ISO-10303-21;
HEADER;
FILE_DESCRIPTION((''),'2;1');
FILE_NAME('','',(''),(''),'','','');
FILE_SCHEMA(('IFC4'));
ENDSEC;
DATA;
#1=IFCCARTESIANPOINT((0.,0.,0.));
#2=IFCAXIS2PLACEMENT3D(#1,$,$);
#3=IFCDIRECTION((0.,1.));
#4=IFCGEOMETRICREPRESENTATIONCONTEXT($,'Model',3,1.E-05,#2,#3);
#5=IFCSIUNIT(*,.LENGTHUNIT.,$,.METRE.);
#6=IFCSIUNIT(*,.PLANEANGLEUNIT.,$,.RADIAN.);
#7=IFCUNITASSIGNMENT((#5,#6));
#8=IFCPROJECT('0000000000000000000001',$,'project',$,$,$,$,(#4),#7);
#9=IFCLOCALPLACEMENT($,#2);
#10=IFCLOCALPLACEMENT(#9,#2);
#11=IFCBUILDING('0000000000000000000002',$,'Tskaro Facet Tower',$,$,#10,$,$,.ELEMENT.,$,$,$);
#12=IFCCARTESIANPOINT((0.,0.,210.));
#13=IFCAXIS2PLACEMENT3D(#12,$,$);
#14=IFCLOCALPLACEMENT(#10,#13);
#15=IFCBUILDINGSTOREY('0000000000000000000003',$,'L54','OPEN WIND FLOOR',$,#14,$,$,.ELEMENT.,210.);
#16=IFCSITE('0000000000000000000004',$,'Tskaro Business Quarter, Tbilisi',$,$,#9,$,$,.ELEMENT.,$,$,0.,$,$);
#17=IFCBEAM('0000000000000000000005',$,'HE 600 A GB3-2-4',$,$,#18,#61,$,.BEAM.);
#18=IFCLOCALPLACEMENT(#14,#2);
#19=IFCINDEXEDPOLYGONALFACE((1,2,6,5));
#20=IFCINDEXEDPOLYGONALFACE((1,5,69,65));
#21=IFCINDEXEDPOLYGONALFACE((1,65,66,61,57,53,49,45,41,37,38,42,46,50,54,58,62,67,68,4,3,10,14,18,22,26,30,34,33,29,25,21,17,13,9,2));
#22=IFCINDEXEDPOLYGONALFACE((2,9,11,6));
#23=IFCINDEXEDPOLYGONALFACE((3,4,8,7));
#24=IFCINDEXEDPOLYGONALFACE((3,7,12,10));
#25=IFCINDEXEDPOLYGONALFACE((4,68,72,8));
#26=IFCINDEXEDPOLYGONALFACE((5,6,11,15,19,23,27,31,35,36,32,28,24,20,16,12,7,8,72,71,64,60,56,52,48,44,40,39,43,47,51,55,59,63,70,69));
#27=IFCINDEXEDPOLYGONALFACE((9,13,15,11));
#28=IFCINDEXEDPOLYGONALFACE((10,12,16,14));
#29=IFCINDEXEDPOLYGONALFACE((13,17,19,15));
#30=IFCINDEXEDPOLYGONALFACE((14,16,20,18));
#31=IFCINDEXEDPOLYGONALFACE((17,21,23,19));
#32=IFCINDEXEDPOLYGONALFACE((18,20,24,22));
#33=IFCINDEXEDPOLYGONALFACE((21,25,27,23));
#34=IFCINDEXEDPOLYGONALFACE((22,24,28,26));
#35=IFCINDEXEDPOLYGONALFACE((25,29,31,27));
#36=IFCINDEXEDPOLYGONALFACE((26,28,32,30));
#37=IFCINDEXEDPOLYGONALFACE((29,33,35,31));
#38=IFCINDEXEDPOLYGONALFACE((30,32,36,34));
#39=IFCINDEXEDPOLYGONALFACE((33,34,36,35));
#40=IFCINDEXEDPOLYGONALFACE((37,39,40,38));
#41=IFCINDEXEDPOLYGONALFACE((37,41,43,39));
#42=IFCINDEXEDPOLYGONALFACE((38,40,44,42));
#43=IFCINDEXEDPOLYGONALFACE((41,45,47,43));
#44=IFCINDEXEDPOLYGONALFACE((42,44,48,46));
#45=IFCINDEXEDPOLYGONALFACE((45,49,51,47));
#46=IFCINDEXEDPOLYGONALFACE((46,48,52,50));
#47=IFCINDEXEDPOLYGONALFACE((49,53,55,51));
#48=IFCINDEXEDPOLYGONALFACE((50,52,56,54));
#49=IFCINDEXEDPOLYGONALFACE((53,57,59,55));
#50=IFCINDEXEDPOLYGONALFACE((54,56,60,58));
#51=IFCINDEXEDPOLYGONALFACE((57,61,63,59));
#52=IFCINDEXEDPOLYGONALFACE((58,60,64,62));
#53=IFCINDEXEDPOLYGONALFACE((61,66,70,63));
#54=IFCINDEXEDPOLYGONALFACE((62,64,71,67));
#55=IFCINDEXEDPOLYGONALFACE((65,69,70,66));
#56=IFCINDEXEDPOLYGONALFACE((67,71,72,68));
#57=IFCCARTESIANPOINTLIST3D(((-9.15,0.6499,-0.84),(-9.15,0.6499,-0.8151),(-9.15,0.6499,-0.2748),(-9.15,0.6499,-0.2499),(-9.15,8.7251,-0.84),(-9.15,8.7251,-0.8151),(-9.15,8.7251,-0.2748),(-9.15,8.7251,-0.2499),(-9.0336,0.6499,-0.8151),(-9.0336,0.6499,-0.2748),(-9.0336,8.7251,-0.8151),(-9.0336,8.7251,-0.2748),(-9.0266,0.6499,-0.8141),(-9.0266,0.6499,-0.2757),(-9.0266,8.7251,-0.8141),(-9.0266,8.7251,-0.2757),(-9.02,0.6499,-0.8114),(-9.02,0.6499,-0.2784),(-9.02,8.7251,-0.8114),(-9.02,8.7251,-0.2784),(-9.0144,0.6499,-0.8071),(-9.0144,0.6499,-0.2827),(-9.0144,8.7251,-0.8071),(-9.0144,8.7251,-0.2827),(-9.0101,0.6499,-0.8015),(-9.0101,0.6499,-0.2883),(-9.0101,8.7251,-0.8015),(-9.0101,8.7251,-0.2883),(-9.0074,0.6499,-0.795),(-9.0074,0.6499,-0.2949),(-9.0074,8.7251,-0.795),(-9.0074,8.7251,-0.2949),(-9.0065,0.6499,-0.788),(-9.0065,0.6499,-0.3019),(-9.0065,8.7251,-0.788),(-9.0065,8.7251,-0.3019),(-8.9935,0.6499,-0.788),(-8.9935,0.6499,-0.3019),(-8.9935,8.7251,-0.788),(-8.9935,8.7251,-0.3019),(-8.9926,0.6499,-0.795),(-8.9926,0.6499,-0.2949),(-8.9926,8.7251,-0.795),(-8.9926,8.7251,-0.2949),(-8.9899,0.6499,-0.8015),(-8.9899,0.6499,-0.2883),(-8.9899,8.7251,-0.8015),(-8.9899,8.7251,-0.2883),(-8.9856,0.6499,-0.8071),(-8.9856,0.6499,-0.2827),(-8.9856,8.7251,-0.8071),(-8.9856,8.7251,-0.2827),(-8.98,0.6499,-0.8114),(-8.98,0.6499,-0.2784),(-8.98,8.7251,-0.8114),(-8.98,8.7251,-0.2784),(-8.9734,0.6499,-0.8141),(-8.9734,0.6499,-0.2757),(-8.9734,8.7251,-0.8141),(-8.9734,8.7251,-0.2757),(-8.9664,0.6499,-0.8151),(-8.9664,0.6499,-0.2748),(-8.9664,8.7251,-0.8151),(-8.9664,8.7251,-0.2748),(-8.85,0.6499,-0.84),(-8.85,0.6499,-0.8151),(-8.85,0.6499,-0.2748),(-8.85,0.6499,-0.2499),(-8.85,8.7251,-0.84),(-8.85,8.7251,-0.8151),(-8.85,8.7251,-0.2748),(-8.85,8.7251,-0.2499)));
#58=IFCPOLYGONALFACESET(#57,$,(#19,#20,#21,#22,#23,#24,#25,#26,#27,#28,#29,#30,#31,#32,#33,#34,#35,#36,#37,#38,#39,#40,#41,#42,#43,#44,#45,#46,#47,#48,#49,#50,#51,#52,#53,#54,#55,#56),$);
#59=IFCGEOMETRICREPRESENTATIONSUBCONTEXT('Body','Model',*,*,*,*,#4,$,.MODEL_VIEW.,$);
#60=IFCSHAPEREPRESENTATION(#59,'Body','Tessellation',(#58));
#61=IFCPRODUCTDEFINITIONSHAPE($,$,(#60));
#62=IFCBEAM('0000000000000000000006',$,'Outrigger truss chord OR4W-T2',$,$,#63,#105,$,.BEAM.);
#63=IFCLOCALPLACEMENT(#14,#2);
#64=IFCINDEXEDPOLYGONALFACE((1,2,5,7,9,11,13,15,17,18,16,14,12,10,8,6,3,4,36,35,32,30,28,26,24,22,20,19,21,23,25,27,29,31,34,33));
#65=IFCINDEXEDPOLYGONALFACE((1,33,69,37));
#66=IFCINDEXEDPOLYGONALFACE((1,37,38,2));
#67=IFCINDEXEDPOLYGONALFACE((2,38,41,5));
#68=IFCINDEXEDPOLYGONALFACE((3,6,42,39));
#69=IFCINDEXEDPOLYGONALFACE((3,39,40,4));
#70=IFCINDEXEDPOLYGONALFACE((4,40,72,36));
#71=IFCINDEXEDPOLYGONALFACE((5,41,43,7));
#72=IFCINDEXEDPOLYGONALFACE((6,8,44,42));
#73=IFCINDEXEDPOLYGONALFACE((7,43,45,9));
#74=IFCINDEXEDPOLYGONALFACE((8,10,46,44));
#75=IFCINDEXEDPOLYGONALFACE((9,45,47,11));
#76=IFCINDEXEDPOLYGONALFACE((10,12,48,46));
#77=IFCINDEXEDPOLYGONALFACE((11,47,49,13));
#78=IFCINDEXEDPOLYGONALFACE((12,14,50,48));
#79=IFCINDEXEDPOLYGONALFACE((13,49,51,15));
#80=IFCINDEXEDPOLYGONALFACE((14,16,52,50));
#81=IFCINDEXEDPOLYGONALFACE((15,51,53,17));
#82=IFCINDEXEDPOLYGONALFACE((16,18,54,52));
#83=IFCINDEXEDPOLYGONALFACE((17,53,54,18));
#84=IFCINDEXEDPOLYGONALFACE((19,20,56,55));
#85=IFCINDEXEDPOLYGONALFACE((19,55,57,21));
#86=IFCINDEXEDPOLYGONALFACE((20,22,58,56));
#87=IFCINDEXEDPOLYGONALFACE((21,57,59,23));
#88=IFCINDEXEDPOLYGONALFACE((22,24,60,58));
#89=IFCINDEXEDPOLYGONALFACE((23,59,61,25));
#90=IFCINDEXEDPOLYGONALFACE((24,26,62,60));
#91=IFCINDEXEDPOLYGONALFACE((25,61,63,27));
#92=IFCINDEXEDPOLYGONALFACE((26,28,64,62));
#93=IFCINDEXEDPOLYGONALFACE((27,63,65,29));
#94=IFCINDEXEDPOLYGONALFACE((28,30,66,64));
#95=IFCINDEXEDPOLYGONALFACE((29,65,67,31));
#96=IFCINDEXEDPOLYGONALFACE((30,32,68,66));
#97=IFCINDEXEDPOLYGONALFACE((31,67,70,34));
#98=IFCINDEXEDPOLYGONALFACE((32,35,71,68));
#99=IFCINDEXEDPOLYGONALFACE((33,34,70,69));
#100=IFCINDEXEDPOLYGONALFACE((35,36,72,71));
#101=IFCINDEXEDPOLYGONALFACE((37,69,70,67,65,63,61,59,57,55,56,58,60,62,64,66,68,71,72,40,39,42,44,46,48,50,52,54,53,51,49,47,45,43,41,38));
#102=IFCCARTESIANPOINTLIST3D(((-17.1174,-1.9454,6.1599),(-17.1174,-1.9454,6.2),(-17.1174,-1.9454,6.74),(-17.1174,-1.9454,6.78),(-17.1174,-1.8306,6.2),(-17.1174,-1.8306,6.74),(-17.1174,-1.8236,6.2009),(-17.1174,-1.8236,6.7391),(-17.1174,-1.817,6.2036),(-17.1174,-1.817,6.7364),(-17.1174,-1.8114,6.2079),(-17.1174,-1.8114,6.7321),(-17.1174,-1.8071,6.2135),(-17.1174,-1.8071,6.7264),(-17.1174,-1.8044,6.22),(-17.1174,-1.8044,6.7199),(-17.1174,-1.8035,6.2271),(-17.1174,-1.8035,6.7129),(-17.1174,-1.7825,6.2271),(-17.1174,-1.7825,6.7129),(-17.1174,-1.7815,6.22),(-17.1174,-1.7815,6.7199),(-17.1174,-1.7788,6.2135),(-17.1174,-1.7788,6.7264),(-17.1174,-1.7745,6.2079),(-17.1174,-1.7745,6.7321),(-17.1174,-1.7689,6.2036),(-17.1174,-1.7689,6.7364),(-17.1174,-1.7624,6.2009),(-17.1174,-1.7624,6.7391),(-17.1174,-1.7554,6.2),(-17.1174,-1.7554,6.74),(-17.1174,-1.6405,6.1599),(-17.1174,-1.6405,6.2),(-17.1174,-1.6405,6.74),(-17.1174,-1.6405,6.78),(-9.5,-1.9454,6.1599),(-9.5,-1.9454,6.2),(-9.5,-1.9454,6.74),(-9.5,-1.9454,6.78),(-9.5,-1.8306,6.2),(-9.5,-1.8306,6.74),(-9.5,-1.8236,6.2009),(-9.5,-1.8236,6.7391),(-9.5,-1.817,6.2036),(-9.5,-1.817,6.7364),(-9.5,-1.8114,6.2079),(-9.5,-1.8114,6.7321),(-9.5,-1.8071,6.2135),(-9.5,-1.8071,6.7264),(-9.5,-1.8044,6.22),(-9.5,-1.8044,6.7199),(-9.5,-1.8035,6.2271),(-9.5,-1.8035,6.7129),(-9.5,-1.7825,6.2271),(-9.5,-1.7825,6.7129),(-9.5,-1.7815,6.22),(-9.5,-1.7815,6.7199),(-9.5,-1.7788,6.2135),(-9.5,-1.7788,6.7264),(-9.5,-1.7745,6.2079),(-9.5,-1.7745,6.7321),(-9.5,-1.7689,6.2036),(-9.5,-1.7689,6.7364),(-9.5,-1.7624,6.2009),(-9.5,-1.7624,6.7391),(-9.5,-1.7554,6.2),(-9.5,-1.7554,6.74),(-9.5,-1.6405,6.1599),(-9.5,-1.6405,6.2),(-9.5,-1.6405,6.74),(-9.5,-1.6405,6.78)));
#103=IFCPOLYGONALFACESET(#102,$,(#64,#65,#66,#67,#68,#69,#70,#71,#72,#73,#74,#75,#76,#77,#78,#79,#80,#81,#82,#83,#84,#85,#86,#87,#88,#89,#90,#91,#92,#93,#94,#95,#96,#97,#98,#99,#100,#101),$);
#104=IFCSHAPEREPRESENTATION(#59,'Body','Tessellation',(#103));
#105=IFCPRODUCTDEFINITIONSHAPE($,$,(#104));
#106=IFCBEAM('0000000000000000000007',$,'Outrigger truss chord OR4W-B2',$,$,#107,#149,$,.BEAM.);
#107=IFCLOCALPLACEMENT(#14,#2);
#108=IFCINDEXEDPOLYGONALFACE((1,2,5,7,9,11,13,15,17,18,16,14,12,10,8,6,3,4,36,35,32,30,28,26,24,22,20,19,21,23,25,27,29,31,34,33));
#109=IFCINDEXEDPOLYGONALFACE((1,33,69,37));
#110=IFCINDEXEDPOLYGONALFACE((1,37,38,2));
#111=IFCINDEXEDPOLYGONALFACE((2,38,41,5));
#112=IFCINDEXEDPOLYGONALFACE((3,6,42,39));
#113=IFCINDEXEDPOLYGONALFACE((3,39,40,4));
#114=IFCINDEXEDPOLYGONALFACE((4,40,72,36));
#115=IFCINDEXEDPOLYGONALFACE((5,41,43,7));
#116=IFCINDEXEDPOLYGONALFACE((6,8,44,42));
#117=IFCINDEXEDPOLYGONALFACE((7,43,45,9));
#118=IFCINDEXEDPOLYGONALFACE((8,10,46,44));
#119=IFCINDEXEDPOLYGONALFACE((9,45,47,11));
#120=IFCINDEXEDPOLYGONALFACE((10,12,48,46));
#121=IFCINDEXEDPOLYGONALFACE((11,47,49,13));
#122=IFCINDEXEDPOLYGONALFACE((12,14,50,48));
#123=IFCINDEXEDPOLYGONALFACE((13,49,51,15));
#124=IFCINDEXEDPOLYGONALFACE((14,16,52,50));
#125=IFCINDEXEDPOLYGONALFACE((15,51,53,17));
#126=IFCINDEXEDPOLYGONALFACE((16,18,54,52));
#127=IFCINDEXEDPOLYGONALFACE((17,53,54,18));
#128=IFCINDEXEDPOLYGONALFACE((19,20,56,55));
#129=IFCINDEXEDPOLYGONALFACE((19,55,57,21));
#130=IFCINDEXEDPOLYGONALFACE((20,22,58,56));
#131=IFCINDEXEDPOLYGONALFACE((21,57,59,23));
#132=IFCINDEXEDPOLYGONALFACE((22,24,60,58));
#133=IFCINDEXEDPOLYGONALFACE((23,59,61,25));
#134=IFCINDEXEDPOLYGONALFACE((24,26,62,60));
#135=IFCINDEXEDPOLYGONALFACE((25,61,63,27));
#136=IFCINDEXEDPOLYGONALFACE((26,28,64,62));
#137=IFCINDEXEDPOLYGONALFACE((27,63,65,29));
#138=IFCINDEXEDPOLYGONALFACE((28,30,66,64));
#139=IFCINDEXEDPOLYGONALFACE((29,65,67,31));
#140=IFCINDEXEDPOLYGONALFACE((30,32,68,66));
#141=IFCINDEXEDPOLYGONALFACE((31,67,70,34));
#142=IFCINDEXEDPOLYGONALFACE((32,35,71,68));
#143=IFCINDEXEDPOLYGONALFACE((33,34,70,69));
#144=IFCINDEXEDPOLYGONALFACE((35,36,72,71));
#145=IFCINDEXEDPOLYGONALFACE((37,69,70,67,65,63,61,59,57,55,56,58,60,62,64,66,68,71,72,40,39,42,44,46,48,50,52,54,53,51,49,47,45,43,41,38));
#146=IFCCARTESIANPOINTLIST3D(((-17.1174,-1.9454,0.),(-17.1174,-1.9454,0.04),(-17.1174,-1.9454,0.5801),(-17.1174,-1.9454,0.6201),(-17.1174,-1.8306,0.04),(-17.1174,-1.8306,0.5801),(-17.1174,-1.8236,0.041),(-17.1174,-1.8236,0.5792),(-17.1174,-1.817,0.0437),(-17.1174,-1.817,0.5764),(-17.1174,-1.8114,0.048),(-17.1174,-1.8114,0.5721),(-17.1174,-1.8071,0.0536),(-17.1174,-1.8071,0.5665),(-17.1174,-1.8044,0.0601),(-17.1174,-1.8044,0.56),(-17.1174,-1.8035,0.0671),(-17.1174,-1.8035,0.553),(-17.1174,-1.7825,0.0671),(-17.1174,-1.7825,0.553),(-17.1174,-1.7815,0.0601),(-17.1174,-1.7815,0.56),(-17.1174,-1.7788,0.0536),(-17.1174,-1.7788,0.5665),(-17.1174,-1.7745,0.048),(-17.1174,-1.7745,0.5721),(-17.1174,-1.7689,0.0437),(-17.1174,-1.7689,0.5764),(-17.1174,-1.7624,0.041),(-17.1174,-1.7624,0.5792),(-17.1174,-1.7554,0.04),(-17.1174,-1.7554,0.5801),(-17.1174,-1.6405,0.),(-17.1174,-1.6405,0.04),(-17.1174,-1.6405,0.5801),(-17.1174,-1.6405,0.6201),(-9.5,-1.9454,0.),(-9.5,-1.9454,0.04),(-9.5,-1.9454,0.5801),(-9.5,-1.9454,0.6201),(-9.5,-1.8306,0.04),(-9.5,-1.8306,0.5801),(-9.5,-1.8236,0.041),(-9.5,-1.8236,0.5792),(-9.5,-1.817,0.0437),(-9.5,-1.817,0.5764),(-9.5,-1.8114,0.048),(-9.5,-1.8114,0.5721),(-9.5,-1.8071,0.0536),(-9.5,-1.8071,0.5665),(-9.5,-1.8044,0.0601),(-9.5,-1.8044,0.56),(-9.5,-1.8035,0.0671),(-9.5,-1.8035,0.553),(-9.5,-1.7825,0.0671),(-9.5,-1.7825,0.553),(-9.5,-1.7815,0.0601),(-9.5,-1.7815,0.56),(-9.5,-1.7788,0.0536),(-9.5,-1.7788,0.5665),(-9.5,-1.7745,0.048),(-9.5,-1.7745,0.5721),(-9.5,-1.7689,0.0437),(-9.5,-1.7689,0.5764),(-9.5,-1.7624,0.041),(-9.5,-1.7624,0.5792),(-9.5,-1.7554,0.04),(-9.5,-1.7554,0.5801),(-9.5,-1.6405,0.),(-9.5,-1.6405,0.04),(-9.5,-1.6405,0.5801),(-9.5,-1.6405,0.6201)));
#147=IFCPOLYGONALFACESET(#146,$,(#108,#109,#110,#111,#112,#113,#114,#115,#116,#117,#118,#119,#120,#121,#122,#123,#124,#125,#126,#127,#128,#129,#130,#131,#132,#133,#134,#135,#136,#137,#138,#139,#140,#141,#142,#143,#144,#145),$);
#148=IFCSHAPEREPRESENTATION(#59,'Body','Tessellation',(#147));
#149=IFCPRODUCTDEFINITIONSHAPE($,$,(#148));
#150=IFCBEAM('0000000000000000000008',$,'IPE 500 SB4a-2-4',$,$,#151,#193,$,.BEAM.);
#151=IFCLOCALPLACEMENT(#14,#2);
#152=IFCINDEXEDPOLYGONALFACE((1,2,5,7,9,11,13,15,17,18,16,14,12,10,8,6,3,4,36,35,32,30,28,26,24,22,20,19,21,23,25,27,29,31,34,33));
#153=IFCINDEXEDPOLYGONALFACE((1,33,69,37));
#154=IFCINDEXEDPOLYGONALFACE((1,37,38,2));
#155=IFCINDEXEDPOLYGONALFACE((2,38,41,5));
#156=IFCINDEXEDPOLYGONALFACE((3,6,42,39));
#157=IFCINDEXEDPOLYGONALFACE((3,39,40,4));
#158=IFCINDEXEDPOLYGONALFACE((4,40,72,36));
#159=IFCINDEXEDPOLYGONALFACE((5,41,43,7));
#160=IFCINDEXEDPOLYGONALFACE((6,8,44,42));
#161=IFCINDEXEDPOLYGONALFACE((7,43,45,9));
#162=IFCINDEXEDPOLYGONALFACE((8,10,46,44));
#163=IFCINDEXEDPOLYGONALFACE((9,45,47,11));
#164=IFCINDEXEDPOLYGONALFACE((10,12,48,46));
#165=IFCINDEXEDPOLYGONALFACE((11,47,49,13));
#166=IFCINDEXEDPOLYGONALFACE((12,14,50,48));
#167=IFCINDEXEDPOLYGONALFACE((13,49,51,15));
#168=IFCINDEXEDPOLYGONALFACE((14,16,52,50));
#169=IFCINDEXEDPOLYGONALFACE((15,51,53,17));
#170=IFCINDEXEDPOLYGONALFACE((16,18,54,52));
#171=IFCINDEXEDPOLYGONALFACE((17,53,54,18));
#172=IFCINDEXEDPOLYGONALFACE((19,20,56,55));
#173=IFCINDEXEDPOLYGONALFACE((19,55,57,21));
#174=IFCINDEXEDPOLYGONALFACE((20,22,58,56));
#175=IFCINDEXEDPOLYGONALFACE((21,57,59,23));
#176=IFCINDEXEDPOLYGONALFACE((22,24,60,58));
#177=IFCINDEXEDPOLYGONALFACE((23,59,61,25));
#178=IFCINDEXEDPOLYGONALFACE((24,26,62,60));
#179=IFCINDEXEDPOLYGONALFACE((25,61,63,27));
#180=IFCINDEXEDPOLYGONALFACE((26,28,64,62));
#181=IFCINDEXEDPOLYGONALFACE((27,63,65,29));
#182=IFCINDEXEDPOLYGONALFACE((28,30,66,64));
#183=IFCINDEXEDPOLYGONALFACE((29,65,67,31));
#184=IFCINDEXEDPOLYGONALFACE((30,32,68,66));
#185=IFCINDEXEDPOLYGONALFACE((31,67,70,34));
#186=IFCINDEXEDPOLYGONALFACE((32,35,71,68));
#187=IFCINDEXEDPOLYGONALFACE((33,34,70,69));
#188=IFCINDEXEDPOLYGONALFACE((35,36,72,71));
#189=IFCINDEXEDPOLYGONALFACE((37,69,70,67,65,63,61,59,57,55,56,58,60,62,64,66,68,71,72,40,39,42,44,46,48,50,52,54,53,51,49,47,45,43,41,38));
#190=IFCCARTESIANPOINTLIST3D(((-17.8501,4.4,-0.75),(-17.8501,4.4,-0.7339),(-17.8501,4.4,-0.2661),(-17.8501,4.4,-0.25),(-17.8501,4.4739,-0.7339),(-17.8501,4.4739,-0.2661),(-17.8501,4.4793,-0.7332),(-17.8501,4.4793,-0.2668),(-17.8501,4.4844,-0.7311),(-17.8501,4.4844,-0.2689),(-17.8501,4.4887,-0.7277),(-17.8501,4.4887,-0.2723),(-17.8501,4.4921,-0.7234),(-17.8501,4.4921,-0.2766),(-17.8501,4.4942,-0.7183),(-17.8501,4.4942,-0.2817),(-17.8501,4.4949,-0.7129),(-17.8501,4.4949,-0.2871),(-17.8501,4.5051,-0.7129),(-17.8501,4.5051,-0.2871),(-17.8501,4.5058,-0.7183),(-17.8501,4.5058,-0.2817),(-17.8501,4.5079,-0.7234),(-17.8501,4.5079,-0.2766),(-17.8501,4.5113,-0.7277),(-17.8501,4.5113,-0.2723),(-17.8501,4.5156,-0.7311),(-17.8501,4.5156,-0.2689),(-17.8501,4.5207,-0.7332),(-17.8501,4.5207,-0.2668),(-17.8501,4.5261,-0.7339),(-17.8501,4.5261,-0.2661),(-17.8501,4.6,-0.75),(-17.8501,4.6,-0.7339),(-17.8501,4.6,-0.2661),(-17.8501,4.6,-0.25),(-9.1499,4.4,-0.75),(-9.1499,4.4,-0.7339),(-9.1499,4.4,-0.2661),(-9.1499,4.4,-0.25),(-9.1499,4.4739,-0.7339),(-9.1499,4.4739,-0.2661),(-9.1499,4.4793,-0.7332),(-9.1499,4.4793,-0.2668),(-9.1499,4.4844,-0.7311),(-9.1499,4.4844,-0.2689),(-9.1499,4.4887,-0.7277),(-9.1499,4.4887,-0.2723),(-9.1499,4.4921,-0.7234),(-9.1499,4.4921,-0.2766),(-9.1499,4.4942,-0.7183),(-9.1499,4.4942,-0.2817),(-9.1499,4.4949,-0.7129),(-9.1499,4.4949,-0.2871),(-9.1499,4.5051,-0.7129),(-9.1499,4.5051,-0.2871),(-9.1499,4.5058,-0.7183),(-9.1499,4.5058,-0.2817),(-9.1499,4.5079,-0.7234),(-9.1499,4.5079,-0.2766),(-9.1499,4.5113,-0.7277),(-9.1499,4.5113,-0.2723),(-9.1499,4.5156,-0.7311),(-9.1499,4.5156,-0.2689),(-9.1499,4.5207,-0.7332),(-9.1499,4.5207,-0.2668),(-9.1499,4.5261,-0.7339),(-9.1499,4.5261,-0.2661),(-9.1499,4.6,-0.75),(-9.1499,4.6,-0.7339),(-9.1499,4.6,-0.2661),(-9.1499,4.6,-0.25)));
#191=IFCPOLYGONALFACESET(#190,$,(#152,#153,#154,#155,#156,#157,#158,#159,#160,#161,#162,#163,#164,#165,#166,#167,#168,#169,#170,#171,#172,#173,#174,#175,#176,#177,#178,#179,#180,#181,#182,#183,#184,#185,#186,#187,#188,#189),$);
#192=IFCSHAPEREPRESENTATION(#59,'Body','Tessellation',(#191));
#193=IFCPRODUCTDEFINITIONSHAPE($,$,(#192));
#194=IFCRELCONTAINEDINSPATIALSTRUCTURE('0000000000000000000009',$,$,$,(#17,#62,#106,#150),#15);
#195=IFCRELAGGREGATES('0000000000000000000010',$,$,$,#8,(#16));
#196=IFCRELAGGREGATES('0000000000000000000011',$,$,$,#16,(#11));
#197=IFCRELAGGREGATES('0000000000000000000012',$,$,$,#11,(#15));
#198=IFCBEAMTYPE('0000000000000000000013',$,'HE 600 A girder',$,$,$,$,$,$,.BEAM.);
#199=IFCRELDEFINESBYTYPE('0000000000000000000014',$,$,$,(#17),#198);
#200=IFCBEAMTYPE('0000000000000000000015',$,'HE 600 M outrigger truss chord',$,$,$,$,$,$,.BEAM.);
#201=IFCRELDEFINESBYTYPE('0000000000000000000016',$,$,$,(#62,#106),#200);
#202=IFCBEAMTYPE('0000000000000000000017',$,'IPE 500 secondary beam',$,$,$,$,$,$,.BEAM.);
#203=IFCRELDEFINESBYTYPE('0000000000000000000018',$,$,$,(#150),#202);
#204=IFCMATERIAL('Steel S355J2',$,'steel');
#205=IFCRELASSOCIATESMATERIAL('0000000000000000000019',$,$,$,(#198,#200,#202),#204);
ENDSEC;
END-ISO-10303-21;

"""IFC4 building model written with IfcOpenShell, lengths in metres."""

from ifc_helpers import new_model, si_unit, direction, frame, origin, origin_2d, place, context, subcontext, project, spatial, i_section, extrude, material, material_profile, profile_set, type_object, element, save


model = new_model("IFC4")

# Units and contexts
model_context = context("Model", 3, precision=1e-05, world=origin(), true_north=direction((0.0, 1.0)))
body_context = subcontext(model_context, "Body", "Model", "MODEL_VIEW")
ifc_project = project(units=[si_unit("LENGTHUNIT", "METRE"), si_unit("PLANEANGLEUNIT", "RADIAN")], contexts=[model_context])

# Site, building, storey
site_placement = place(None, origin())
site = spatial("IfcSite", under=ifc_project, at=site_placement, Name="Tskaro Business Quarter, Tbilisi", CompositionType="ELEMENT", RefElevation=0.0)
building_placement = place(site_placement, origin())
building = spatial("IfcBuilding", under=site, at=building_placement, Name="Tskaro Facet Tower", CompositionType="ELEMENT")
storey_placement = place(building_placement, frame((0.0, 0.0, 210.0)))
storey = spatial("IfcBuildingStorey", under=building, at=storey_placement, Name="L54", Description="OPEN WIND FLOOR", CompositionType="ELEMENT", Elevation=210.0)

# Beams
ifc_material_1 = material(Name="Steel S355J2", Category="steel")
ifc_material_profile_1 = material_profile(ifc_material_1, i_section(OverallWidth=0.3, OverallDepth=0.5901, WebThickness=0.0129, FlangeThickness=0.0249, FilletRadius=0.0271, at=origin_2d()), Name="HE 600 A")
ifc_profile_set_1 = profile_set([ifc_material_profile_1], Name="Steel S355J2")
beam_type_1 = type_object("IfcBeamType", Name="HE 600 A girder", PredefinedType="BEAM", material=ifc_profile_set_1)
beam_placement = place(storey_placement, frame((-9.0, 0.6499, -0.5449), z_axis=(0.0, 1.0, 0.0), x_axis=(-1.0, 0.0, 0.0)))
element("IfcBeam", 1, at=beam_placement, inside=storey, type_object=beam_type_1, Name="HE 600 A GB3-2-4", PredefinedType="BEAM", context=body_context, shape_type="SweptSolid", body=[
    extrude(i_section(OverallWidth=0.3, OverallDepth=0.5901, WebThickness=0.0129, FlangeThickness=0.0249, FilletRadius=0.0271, at=origin_2d()), origin(), (0.0, 0.0, 1.0), 8.0752),
])
ifc_material_profile_2 = material_profile(ifc_material_1, i_section(OverallWidth=0.3049, OverallDepth=0.6201, WebThickness=0.021, FlangeThickness=0.04, FilletRadius=0.0271, at=origin_2d()), Name="HE 600 M")
ifc_profile_set_2 = profile_set([ifc_material_profile_2], Name="Steel S355J2")
beam_type_2 = type_object("IfcBeamType", Name="HE 600 M outrigger truss chord", PredefinedType="BEAM", material=ifc_profile_set_2)
for number, where, z_axis, x_axis, name in (
    (2, (-17.1174, -1.793, 6.47), (1.0, 0.0, 0.0), (0.0, 1.0, 0.0), "Outrigger truss chord OR4W-T2"),
    (3, (-17.1174, -1.793, 0.3101), (1.0, 0.0, 0.0), (0.0, 1.0, 0.0), "Outrigger truss chord OR4W-B2"),
):
    element("IfcBeam", number, at=place(storey_placement, frame(where, z_axis=z_axis, x_axis=x_axis)), inside=storey, type_object=beam_type_2, Name=name, PredefinedType="BEAM", context=body_context, shape_type="SweptSolid", body=[
        extrude(i_section(OverallWidth=0.3049, OverallDepth=0.6201, WebThickness=0.021, FlangeThickness=0.04, FilletRadius=0.0271, at=origin_2d()), origin(), (0.0, 0.0, 1.0), 7.6174),
    ])
ifc_material_profile_3 = material_profile(ifc_material_1, i_section(OverallWidth=0.2, OverallDepth=0.5, WebThickness=0.0103, FlangeThickness=0.0161, FilletRadius=0.021, at=origin_2d()), Name="IPE 500")
ifc_profile_set_3 = profile_set([ifc_material_profile_3], Name="Steel S355J2")
beam_type_3 = type_object("IfcBeamType", Name="IPE 500 secondary beam", PredefinedType="BEAM", material=ifc_profile_set_3)
for number, where, z_axis, x_axis, name in (
    (4, (-17.8501, 4.5, -0.5), (1.0, 0.0, 0.0), (0.0, 1.0, 0.0), "IPE 500 SB4a-2-4"),
):
    element("IfcBeam", number, at=place(storey_placement, frame(where, z_axis=z_axis, x_axis=x_axis)), inside=storey, type_object=beam_type_3, Name=name, PredefinedType="BEAM", context=body_context, shape_type="SweptSolid", body=[
        extrude(i_section(OverallWidth=0.2, OverallDepth=0.5, WebThickness=0.0103, FlangeThickness=0.0161, FilletRadius=0.021, at=origin_2d()), origin(), (0.0, 0.0, 1.0), 8.7002),
    ])

save(model, "model.ifc")
